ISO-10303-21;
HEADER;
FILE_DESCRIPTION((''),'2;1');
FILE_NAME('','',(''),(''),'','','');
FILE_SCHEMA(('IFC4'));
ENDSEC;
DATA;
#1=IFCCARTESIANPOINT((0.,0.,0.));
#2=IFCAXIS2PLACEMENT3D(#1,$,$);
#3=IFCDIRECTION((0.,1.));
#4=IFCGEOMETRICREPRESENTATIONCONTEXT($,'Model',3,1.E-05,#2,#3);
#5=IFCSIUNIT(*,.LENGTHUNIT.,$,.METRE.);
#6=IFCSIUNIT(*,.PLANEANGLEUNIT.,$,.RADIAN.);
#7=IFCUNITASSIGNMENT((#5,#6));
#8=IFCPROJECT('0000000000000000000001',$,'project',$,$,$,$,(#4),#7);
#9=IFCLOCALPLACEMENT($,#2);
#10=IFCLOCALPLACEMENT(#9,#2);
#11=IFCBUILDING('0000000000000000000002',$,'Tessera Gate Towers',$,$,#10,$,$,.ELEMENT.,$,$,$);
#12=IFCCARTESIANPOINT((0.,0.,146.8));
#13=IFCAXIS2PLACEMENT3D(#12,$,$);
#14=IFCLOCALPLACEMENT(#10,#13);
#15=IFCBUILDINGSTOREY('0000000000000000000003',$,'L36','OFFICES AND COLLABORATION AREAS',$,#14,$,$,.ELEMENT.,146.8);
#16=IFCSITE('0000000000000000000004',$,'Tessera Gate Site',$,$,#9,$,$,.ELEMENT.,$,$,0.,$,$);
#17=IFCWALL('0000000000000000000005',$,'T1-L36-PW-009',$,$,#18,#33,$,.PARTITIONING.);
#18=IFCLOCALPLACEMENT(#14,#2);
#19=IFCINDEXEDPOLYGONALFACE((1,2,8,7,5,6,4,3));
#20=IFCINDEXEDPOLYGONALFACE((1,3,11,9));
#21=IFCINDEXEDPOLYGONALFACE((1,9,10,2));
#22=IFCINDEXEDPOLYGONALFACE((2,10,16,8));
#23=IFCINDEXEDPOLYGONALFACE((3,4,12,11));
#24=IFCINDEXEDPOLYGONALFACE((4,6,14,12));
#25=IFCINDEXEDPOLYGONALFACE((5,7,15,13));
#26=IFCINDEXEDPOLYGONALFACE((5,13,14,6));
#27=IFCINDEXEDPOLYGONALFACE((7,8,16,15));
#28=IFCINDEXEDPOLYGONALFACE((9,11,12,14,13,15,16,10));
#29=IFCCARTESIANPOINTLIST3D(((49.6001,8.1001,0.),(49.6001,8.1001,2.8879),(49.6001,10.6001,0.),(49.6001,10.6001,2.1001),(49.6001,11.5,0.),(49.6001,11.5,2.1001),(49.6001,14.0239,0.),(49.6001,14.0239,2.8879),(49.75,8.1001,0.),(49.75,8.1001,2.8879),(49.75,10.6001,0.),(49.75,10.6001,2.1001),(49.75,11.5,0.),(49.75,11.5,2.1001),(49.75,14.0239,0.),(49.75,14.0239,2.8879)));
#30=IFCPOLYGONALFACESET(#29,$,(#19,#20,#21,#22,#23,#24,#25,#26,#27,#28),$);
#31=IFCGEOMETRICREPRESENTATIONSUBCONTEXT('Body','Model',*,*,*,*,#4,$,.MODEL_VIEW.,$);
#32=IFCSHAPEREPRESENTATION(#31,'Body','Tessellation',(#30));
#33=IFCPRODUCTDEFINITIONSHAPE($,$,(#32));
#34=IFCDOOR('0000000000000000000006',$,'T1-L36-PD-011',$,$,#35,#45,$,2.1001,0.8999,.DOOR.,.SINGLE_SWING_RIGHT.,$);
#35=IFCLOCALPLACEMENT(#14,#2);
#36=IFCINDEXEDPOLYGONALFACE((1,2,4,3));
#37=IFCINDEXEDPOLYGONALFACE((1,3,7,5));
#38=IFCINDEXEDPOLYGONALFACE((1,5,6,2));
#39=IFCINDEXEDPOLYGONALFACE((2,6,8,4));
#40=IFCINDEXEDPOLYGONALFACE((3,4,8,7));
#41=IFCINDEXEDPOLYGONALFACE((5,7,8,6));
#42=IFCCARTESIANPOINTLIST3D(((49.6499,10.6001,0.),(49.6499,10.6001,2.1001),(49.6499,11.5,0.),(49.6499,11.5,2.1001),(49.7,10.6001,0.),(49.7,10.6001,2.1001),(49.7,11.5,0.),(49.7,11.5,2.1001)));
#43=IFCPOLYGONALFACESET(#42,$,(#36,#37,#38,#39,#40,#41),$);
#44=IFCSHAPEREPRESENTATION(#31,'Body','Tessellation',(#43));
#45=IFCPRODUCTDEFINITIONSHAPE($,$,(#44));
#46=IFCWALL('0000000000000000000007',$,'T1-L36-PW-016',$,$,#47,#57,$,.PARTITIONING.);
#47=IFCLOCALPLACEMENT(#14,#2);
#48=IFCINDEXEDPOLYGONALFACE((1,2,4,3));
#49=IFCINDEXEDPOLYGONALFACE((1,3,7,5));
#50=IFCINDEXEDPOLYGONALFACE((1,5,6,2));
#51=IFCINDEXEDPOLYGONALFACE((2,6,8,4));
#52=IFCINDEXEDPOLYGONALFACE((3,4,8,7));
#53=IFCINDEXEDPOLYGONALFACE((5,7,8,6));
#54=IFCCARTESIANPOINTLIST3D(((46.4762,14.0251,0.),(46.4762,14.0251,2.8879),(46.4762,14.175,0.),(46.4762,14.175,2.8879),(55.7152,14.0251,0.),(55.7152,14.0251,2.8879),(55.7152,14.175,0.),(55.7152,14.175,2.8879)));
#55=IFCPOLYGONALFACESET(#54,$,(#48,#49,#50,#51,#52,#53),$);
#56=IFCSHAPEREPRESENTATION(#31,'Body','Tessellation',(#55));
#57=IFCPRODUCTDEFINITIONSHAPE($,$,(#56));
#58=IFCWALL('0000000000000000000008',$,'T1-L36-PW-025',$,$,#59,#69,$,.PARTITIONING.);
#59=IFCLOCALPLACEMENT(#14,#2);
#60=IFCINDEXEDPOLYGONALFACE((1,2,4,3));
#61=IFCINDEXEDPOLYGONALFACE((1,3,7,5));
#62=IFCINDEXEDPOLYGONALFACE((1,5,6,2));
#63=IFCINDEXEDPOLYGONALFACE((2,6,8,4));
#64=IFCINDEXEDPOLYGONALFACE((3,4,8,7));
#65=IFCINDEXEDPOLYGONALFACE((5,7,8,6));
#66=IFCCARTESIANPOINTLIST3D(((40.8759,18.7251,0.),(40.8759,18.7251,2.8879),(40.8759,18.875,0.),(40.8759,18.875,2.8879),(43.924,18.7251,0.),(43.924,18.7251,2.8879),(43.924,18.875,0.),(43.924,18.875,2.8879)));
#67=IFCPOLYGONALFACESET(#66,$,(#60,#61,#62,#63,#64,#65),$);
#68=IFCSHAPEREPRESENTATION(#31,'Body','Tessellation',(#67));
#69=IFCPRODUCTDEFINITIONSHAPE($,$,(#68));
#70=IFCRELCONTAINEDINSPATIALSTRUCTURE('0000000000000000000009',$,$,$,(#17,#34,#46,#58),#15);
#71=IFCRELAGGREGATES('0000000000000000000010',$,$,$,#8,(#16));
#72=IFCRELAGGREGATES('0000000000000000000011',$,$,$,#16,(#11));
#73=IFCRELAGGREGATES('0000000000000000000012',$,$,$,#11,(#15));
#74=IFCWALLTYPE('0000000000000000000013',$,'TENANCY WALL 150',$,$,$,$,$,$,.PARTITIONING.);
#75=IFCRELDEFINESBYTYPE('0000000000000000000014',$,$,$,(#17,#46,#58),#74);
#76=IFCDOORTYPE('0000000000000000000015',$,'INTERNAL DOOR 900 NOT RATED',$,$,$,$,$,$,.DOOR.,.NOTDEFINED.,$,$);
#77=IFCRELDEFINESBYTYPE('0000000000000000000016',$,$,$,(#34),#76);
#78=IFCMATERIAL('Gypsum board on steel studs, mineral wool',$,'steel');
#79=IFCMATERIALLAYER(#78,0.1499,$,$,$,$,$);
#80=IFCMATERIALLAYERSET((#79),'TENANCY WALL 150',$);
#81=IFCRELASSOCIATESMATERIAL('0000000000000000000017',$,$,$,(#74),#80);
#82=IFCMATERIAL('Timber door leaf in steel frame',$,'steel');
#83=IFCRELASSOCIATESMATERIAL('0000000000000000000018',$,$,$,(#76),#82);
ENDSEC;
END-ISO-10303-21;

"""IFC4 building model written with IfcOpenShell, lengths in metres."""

from ifc_helpers import new_model, si_unit, direction, frame, frame_2d, origin, place, context, subcontext, project, spatial, rectangle, extrude, source, transform, mapped, material, layer, layer_set, type_object, element, fill, save


model = new_model("IFC4")

# Units and contexts
model_context = context("Model", 3, precision=1e-05, world=origin(), true_north=direction((0.0, 1.0)))
body_context = subcontext(model_context, "Body", "Model", "MODEL_VIEW")
ifc_project = project(units=[si_unit("LENGTHUNIT", "METRE"), si_unit("PLANEANGLEUNIT", "RADIAN")], contexts=[model_context])

# Site, building, storey
site_placement = place(None, origin())
site = spatial("IfcSite", under=ifc_project, at=site_placement, Name="Tessera Gate Site", CompositionType="ELEMENT", RefElevation=0.0)
building_placement = place(site_placement, origin())
building = spatial("IfcBuilding", under=site, at=building_placement, Name="Tessera Gate Towers", CompositionType="ELEMENT")
storey_placement = place(building_placement, frame((0.0, 0.0, 146.8)))
storey = spatial("IfcBuildingStorey", under=building, at=storey_placement, Name="L36", Description="OFFICES AND COLLABORATION AREAS", CompositionType="ELEMENT", Elevation=146.8)

# Shared definitions
shared_shape_1 = source(origin(), body_context, "Body", "SweptSolid", [
    extrude(rectangle(XDim=0.8999, YDim=2.1001, at=frame_2d((0.45, 1.05))), frame((0.0, 0.0249, 0.0), z_axis=(0.0, -1.0, 0.0), x_axis=(1.0, 0.0, 0.0)), (0.0, 0.0, 1.0), 0.05),
])

# Shared definitions
shared_shape_2 = source(origin(), body_context, "Body", "SweptSolid", [
    extrude(rectangle(XDim=0.8999, YDim=2.1001, at=frame_2d((0.45, 1.05))), frame((0.0, 0.085, 0.0), z_axis=(0.0, -1.0, 0.0), x_axis=(1.0, 0.0, 0.0)), (0.0, 0.0, 1.0), 0.1699),
])

# Wall, opening, door
ifc_material_1 = material(Name="Gypsum board on steel studs, mineral wool", Category="steel")
ifc_layer_1 = layer(ifc_material_1, 0.1499)
ifc_layer_set_1 = layer_set([ifc_layer_1], Name="TENANCY WALL 150")
wall_type_1 = type_object("IfcWallType", Name="TENANCY WALL 150", PredefinedType="PARTITIONING", material=ifc_layer_set_1)
wall_1_placement = place(storey_placement, frame((49.675, 14.0239, 0.0), z_axis=(0.0, 0.0, 1.0), x_axis=(0.0, -1.0, 0.0)))
wall_1 = element("IfcWall", 1, at=wall_1_placement, inside=storey, type_object=wall_type_1, Name="T1-L36-PW-009", PredefinedType="PARTITIONING", context=body_context, shape_type="SweptSolid", body=[
    extrude(rectangle(XDim=5.9238, YDim=0.1499, at=frame_2d((2.9619, 0.0))), origin(), (0.0, 0.0, 1.0), 2.8879),
])
opening_1_placement = place(wall_1_placement, frame((2.5239, 0.0, 0.0)))
opening_1 = element("IfcOpeningElement", 2, at=opening_1_placement, cuts=wall_1, PredefinedType="OPENING", context=body_context, shape_type="MappedRepresentation", body=[
    mapped(shared_shape_2, transform((0.0, 0.0, 0.0), scale=1.0)),
])
ifc_material_2 = material(Name="Timber door leaf in steel frame", Category="steel")
door_type_1 = type_object("IfcDoorType", Name="INTERNAL DOOR 900 NOT RATED", OperationType="NOTDEFINED", PredefinedType="DOOR", material=ifc_material_2)
door_1_placement = place(opening_1_placement, origin())
door_1 = element("IfcDoor", 3, at=door_1_placement, inside=storey, type_object=door_type_1, Name="T1-L36-PD-011", OperationType="SINGLE_SWING_RIGHT", OverallHeight=2.1001, OverallWidth=0.8999, PredefinedType="DOOR", context=body_context, shape_type="MappedRepresentation", body=[
    mapped(shared_shape_1, transform((0.0, 0.0, 0.0), scale=1.0)),
])
fill(opening_1, door_1)

# Walls
wall_2_placement = place(storey_placement, frame((46.4761, 14.1001, 0.0), z_axis=(0.0, 0.0, 1.0), x_axis=(1.0, 0.0, 0.0)))
element("IfcWall", 4, at=wall_2_placement, inside=storey, type_object=wall_type_1, Name="T1-L36-PW-016", PredefinedType="PARTITIONING", context=body_context, shape_type="SweptSolid", body=[
    extrude(rectangle(XDim=9.239, YDim=0.1499, at=frame_2d((4.6196, 0.0))), origin(), (0.0, 0.0, 1.0), 2.8879),
])
wall_3_placement = place(storey_placement, frame((40.876, 18.8, 0.0), z_axis=(0.0, 0.0, 1.0), x_axis=(1.0, 0.0, 0.0)))
element("IfcWall", 5, at=wall_3_placement, inside=storey, type_object=wall_type_1, Name="T1-L36-PW-025", PredefinedType="PARTITIONING", context=body_context, shape_type="SweptSolid", body=[
    extrude(rectangle(XDim=3.0481, YDim=0.1499, at=frame_2d((1.5239, 0.0))), origin(), (0.0, 0.0, 1.0), 2.8879),
])

save(model, "model.ifc")
